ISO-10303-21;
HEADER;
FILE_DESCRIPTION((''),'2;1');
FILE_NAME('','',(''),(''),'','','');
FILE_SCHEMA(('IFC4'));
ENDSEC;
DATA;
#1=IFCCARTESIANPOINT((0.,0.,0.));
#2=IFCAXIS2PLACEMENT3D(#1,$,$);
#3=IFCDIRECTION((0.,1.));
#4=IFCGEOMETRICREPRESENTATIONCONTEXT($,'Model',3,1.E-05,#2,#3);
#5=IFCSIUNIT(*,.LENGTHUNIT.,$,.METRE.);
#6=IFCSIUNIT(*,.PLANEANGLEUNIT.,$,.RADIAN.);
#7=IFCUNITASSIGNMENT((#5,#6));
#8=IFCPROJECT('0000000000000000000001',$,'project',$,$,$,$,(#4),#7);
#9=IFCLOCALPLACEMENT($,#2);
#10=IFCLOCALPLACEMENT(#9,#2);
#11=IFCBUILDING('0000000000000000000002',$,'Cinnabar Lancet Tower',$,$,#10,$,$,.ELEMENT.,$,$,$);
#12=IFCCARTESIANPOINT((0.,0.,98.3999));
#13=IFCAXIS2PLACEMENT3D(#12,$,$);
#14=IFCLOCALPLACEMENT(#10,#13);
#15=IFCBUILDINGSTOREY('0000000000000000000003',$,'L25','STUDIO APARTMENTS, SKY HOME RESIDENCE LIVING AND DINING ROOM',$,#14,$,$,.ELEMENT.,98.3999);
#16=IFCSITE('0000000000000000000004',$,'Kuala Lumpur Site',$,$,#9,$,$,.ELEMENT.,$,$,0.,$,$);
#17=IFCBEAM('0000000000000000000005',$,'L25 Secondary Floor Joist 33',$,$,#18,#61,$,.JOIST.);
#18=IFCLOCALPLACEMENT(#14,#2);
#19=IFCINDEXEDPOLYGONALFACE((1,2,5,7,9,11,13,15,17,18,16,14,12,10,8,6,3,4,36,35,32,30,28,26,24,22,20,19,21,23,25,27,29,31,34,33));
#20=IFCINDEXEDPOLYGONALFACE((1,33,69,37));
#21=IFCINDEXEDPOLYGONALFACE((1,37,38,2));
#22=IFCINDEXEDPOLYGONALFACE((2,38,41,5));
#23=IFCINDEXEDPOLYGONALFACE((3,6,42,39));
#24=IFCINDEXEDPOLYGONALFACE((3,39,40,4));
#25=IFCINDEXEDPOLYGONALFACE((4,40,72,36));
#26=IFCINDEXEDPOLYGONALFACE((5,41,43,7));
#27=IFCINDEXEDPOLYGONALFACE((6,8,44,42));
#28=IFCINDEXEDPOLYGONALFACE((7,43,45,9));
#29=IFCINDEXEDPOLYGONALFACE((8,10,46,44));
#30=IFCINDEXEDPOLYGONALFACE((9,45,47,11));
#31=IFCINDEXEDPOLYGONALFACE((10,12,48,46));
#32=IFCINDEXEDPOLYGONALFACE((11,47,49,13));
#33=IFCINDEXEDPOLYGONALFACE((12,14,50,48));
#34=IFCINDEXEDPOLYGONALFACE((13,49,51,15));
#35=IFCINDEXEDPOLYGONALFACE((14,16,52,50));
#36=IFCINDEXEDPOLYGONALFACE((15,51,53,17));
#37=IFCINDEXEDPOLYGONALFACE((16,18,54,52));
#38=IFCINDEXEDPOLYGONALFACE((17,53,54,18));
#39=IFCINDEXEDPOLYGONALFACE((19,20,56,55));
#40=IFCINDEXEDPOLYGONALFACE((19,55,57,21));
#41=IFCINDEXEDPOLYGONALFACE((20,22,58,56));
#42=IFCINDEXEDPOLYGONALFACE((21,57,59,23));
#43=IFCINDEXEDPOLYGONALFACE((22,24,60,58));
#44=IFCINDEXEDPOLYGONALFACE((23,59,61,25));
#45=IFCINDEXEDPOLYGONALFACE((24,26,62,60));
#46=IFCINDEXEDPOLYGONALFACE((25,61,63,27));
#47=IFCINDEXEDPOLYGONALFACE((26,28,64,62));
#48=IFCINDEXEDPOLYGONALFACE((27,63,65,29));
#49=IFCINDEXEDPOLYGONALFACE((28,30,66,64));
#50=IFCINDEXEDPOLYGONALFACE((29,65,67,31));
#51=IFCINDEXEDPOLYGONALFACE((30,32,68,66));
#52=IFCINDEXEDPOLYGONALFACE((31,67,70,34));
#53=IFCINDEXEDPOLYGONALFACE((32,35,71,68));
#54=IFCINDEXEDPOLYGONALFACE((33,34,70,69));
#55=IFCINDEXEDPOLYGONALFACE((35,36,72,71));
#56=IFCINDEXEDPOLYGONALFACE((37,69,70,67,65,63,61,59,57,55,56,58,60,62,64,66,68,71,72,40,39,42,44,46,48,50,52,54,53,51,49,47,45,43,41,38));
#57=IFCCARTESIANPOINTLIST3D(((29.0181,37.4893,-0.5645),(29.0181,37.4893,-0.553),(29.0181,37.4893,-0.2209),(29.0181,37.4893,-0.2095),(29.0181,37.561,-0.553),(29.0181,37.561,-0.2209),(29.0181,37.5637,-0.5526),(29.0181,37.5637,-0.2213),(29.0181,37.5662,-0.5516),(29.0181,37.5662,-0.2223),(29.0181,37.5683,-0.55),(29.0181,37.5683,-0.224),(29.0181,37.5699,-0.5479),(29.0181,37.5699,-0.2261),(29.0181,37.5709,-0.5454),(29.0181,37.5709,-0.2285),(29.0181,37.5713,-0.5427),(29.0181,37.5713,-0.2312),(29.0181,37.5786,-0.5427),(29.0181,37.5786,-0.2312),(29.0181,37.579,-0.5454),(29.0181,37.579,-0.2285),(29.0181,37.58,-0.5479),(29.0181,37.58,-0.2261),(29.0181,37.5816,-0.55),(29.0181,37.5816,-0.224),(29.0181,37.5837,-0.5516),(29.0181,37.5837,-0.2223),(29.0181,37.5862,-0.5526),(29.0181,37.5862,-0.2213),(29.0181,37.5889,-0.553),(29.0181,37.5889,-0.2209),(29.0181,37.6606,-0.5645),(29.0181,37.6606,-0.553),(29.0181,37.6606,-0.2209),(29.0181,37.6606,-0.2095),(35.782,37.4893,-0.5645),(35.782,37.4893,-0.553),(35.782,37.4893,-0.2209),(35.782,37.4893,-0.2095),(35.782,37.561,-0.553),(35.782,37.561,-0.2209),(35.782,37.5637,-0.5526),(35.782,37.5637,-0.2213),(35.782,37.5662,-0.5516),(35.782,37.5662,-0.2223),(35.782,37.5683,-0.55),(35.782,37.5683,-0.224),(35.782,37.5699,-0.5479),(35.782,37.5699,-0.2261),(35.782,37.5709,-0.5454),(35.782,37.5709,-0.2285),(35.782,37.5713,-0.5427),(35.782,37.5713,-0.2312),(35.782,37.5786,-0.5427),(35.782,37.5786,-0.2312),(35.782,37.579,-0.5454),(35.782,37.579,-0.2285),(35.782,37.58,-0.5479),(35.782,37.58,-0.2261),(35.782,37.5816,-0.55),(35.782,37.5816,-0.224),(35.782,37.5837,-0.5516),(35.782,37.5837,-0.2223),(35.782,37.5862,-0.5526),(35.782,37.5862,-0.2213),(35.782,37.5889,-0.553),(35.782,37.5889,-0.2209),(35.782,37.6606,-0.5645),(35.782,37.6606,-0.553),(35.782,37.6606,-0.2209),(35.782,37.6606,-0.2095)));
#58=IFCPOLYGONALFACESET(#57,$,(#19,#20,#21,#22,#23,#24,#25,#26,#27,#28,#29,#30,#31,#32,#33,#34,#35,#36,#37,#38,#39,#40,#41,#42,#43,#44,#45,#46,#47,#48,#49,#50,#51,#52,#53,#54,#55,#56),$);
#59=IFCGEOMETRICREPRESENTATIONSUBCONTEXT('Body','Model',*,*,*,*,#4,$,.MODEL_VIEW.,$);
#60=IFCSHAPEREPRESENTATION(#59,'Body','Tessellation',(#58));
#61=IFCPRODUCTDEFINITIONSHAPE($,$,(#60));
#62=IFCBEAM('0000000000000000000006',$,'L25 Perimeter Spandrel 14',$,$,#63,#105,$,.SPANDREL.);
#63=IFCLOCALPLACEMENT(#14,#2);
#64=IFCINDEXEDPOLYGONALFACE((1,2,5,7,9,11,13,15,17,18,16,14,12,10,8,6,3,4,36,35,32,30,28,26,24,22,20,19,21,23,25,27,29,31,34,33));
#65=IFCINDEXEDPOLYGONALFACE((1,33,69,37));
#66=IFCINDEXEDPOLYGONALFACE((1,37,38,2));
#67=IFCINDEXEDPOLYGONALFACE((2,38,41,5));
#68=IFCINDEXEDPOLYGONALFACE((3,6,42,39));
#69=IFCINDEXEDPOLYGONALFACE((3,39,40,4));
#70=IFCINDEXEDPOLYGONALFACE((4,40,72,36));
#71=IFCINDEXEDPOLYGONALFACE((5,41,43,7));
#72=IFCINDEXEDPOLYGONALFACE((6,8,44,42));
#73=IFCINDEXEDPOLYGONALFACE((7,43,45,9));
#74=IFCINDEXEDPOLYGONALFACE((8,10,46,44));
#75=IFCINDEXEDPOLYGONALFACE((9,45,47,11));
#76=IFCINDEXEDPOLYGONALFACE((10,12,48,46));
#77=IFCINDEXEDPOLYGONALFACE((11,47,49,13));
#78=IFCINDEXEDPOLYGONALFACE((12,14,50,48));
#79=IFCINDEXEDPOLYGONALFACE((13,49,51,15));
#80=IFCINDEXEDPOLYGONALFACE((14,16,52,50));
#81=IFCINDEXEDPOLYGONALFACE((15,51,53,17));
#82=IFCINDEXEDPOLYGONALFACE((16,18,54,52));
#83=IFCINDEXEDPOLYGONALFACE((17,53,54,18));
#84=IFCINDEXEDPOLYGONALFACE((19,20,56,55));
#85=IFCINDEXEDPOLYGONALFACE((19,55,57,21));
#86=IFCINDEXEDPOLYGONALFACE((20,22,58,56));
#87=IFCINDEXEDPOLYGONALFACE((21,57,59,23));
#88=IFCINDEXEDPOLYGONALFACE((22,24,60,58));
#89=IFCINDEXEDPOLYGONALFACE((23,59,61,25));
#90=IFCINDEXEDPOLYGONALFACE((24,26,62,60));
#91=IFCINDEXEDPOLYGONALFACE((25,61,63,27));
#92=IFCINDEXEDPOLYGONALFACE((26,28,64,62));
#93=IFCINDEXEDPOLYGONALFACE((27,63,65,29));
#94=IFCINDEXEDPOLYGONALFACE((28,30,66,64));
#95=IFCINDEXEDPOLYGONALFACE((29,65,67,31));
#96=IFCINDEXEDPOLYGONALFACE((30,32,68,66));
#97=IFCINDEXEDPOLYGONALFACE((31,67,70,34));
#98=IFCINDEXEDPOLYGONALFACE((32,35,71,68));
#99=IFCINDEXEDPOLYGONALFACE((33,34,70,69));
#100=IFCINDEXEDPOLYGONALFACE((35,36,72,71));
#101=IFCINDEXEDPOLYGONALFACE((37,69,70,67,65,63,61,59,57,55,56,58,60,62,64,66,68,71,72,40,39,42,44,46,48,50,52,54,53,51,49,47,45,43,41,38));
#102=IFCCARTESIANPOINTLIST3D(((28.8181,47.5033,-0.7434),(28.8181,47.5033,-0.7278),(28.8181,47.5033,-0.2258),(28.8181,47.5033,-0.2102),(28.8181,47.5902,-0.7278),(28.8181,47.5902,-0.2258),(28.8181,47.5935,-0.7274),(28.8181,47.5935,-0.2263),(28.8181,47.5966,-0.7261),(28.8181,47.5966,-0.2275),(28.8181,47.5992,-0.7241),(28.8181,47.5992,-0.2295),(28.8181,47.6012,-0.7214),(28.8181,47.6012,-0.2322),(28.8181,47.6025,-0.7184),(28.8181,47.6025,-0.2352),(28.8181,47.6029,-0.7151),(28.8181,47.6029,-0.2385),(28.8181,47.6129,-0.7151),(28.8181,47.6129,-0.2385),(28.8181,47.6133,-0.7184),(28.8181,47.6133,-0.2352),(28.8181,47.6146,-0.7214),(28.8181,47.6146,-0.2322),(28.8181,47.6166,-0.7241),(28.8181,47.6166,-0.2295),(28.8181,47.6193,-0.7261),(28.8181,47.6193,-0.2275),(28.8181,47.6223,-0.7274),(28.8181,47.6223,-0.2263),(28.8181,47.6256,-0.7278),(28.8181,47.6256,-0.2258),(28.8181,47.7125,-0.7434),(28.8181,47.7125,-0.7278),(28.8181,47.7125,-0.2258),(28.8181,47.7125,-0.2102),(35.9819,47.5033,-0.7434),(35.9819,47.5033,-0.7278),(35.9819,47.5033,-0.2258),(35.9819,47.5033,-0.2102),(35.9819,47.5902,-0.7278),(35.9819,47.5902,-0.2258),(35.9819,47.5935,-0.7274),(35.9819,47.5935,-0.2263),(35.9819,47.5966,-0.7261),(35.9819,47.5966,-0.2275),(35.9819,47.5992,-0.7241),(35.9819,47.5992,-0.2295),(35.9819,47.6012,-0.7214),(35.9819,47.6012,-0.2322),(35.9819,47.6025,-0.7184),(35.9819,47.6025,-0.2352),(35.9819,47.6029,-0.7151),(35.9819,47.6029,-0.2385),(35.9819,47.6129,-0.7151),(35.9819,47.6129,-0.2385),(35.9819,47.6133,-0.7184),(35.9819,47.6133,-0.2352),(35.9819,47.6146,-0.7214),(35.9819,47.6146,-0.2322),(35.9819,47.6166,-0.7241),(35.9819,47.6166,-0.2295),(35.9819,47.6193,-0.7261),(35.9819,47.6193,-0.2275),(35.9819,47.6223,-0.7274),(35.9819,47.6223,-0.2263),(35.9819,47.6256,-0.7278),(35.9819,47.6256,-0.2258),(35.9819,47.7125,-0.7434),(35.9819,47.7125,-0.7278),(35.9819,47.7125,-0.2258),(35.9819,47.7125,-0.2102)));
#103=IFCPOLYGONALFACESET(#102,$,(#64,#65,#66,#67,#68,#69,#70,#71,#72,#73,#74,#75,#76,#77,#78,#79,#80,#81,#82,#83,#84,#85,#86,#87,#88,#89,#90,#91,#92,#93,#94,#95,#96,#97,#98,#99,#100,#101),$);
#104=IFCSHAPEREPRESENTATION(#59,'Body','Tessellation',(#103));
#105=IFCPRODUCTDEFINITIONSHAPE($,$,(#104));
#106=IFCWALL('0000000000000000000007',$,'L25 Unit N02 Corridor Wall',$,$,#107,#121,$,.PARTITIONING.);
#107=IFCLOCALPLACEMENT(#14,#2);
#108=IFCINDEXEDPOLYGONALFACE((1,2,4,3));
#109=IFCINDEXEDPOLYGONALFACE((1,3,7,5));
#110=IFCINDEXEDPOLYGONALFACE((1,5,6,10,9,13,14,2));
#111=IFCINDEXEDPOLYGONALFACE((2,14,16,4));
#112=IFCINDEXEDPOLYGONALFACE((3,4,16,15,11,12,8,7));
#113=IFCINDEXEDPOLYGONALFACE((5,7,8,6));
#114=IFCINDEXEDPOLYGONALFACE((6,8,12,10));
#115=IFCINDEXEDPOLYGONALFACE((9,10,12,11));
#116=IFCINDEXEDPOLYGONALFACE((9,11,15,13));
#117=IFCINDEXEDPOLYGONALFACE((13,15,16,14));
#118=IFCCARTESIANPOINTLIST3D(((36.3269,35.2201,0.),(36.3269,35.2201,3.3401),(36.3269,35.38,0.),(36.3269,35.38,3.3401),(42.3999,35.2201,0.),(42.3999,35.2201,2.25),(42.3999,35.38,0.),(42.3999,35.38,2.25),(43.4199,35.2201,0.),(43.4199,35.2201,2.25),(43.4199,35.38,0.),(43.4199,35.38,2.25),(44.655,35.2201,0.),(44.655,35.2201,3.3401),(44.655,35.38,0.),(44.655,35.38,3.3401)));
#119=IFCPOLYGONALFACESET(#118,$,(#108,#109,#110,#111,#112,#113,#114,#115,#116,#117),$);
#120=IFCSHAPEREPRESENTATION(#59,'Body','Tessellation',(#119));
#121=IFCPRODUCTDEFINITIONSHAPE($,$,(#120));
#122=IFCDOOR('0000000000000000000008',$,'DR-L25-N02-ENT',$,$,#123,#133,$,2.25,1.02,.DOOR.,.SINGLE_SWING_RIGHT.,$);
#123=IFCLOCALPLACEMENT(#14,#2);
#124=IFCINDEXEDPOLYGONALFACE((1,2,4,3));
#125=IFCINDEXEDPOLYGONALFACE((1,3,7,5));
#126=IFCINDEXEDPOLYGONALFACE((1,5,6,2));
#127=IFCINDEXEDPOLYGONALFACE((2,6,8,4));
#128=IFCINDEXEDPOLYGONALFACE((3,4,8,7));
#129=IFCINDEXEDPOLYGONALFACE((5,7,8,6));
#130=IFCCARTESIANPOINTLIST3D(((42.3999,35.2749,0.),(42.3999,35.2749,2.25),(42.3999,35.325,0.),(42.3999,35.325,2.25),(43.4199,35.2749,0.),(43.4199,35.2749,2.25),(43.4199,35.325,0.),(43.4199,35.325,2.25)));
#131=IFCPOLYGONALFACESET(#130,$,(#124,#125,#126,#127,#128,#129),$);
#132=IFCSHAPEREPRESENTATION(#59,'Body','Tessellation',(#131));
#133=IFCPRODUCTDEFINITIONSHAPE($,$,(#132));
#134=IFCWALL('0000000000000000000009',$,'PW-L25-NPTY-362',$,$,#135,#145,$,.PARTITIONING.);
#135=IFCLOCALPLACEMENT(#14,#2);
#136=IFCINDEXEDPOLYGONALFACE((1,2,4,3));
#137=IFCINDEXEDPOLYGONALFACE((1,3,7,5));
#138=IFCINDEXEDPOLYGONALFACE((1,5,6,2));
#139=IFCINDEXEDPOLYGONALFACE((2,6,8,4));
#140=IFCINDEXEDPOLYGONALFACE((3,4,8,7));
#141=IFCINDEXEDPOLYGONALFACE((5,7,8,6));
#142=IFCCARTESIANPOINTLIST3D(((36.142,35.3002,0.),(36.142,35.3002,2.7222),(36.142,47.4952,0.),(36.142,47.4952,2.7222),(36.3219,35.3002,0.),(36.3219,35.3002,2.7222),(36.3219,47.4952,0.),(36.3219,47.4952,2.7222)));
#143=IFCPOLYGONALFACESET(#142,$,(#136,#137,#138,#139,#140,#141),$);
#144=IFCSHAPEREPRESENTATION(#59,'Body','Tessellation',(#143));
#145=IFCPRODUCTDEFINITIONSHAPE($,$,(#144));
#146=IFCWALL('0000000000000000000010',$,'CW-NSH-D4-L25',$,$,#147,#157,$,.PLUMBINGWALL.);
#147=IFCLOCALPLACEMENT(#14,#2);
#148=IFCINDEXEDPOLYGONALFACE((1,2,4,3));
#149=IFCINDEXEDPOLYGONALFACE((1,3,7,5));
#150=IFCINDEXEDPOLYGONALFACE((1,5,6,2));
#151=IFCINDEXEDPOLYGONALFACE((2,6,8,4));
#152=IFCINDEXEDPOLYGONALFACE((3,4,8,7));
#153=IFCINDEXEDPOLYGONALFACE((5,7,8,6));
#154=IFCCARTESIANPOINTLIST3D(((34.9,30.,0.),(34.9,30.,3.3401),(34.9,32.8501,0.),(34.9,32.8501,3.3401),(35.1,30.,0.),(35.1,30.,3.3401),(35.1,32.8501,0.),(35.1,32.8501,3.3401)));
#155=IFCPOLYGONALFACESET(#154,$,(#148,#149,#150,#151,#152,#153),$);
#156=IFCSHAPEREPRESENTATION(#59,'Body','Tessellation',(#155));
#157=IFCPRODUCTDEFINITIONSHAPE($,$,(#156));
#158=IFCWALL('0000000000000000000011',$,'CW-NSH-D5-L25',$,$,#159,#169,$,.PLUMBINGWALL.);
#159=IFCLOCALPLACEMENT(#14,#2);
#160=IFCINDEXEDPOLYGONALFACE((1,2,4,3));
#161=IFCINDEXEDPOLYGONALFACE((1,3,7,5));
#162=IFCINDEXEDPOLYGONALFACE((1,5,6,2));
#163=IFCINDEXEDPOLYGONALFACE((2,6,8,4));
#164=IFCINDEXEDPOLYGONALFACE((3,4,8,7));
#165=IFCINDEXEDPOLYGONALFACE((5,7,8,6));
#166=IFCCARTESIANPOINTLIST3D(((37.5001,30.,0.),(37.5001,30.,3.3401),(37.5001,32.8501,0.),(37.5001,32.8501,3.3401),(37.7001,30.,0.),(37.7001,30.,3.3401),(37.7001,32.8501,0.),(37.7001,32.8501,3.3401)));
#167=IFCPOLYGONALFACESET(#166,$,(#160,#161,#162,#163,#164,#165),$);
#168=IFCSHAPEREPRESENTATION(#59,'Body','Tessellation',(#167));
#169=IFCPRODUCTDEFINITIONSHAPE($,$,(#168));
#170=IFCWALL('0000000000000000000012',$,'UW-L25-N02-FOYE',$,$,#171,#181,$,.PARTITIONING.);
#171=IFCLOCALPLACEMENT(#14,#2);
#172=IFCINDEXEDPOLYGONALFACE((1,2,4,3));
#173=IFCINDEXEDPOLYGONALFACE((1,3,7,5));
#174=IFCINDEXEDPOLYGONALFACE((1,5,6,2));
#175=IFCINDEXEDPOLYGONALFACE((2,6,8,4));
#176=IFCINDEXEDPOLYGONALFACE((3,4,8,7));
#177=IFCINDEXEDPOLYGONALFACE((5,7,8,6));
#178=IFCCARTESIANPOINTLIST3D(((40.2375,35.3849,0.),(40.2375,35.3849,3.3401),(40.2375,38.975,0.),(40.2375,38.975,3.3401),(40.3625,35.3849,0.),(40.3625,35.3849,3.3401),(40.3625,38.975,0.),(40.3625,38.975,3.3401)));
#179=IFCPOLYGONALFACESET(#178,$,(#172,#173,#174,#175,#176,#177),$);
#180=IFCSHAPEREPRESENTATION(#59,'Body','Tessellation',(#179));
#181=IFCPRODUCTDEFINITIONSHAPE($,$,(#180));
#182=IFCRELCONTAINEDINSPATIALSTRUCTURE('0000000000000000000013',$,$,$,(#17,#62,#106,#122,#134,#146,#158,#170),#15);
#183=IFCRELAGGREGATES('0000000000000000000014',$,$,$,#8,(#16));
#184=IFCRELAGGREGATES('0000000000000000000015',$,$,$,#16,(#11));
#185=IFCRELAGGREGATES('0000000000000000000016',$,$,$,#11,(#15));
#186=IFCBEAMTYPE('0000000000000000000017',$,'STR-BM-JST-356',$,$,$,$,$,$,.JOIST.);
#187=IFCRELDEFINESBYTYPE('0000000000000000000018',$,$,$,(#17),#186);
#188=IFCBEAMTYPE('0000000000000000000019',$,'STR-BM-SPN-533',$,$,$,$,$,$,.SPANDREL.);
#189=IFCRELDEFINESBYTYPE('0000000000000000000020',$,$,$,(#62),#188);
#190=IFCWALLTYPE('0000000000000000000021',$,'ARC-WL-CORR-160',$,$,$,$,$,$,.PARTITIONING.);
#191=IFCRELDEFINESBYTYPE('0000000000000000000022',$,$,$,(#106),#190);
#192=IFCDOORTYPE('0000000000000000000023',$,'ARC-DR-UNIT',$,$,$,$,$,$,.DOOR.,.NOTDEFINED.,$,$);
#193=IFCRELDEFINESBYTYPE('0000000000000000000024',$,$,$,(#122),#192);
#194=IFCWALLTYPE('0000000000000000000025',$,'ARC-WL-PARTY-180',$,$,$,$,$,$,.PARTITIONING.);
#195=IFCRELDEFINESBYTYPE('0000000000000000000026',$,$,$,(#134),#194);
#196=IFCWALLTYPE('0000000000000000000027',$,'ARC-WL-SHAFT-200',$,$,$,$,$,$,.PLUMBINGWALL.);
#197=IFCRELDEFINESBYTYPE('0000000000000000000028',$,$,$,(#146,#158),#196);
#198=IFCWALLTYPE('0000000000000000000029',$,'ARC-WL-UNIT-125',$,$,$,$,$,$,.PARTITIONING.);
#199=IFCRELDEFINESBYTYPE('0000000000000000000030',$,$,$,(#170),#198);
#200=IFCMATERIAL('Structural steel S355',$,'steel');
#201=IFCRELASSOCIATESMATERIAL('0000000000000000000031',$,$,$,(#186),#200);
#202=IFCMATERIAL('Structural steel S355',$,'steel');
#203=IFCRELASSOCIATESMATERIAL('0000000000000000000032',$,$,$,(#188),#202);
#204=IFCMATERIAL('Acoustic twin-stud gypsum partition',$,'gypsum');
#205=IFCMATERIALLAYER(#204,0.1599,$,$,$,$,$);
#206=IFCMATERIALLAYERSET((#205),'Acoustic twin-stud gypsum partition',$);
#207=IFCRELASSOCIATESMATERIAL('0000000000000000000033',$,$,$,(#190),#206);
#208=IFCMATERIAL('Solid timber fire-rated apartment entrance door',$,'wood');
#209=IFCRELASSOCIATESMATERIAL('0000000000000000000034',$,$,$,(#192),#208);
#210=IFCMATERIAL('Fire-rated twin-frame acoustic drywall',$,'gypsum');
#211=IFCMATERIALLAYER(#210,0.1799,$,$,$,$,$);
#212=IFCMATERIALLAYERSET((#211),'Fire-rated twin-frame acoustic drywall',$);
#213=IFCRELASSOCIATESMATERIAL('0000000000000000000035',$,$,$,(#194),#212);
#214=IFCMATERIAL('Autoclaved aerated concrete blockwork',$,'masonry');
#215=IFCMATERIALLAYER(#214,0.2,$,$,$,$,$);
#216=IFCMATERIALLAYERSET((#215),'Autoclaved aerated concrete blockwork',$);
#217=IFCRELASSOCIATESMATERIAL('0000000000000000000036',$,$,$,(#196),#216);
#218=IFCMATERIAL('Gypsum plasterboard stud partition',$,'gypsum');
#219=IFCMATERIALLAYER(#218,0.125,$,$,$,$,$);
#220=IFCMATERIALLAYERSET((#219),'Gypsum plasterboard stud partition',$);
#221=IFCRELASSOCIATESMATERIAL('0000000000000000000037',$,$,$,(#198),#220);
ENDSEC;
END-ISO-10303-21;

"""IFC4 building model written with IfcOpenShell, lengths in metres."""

from ifc_helpers import new_model, si_unit, direction, frame, frame_2d, origin, origin_2d, place, context, subcontext, project, spatial, rectangle, i_section, extrude, material, layer, layer_set, material_profile, profile_set, type_object, element, fill, save


model = new_model("IFC4")

# Units and contexts
model_context = context("Model", 3, precision=1e-05, world=origin(), true_north=direction((0.0, 1.0)))
body_context = subcontext(model_context, "Body", "Model", "MODEL_VIEW")
ifc_project = project(units=[si_unit("LENGTHUNIT", "METRE"), si_unit("PLANEANGLEUNIT", "RADIAN")], contexts=[model_context])

# Site, building, storey
site_placement = place(None, origin())
site = spatial("IfcSite", under=ifc_project, at=site_placement, Name="Kuala Lumpur Site", CompositionType="ELEMENT", RefElevation=0.0)
building_placement = place(site_placement, origin())
building = spatial("IfcBuilding", under=site, at=building_placement, Name="Cinnabar Lancet Tower", CompositionType="ELEMENT")
storey_placement = place(building_placement, frame((0.0, 0.0, 98.3999)))
storey = spatial("IfcBuildingStorey", under=building, at=storey_placement, Name="L25", Description="STUDIO APARTMENTS, SKY HOME RESIDENCE LIVING AND DINING ROOM", CompositionType="ELEMENT", Elevation=98.3999)

# Beams
ifc_material_1 = material(Name="Structural steel S355", Category="steel")
ifc_material_profile_1 = material_profile(ifc_material_1, i_section(OverallWidth=0.1714, OverallDepth=0.355, WebThickness=0.0073, FlangeThickness=0.0115, FilletRadius=0.0103, at=origin_2d()), Name="UKB 356x171x51")
ifc_profile_set_1 = profile_set([ifc_material_profile_1], Name="Structural steel S355")
beam_type_1 = type_object("IfcBeamType", Name="STR-BM-JST-356", PredefinedType="JOIST", material=ifc_profile_set_1)
for number, where, z_axis, x_axis, name in (
    (1, (35.782, 37.575, -0.387), (-1.0, 0.0, 0.0), (0.0, -1.0, 0.0), "L25 Secondary Floor Joist 33"),
):
    element("IfcBeam", number, at=place(storey_placement, frame(where, z_axis=z_axis, x_axis=x_axis)), inside=storey, type_object=beam_type_1, Name=name, PredefinedType="JOIST", context=body_context, shape_type="SweptSolid", body=[
        extrude(i_section(OverallWidth=0.1714, OverallDepth=0.355, WebThickness=0.0073, FlangeThickness=0.0115, FilletRadius=0.0103, at=origin_2d()), origin(), (0.0, 0.0, 1.0), 6.7639),
    ])
ifc_material_2 = material(Name="Structural steel S355", Category="steel")
ifc_material_profile_2 = material_profile(ifc_material_2, i_section(OverallWidth=0.2092, OverallDepth=0.5332, WebThickness=0.01, FlangeThickness=0.0156, FilletRadius=0.0127, at=origin_2d()), Name="UKB 533x210x92")
ifc_profile_set_2 = profile_set([ifc_material_profile_2], Name="Structural steel S355")
beam_type_2 = type_object("IfcBeamType", Name="STR-BM-SPN-533", PredefinedType="SPANDREL", material=ifc_profile_set_2)
beam_1_placement = place(storey_placement, frame((35.9819, 47.6079, -0.4768), z_axis=(-1.0, 0.0, 0.0), x_axis=(0.0, -1.0, 0.0)))
element("IfcBeam", 2, at=beam_1_placement, inside=storey, type_object=beam_type_2, Name="L25 Perimeter Spandrel 14", PredefinedType="SPANDREL", context=body_context, shape_type="SweptSolid", body=[
    extrude(i_section(OverallWidth=0.2092, OverallDepth=0.5332, WebThickness=0.01, FlangeThickness=0.0156, FilletRadius=0.0127, at=origin_2d()), origin(), (0.0, 0.0, 1.0), 7.1638),
])

# Wall, opening, door
ifc_material_3 = material(Name="Acoustic twin-stud gypsum partition", Category="gypsum")
ifc_layer_1 = layer(ifc_material_3, 0.1599)
ifc_layer_set_1 = layer_set([ifc_layer_1], Name="Acoustic twin-stud gypsum partition")
wall_type_1 = type_object("IfcWallType", Name="ARC-WL-CORR-160", PredefinedType="PARTITIONING", material=ifc_layer_set_1)
wall_1_placement = place(storey_placement, frame((36.3269, 35.3, 0.0), z_axis=(0.0, 0.0, 1.0), x_axis=(1.0, 0.0, 0.0)))
wall_1 = element("IfcWall", 3, at=wall_1_placement, inside=storey, type_object=wall_type_1, Name="L25 Unit N02 Corridor Wall", PredefinedType="PARTITIONING", context=body_context, shape_type="SweptSolid", body=[
    extrude(rectangle(XDim=8.3281, YDim=0.1599, at=frame_2d((4.1641, 0.0))), origin(), (0.0, 0.0, 1.0), 3.3401),
])
opening_1_placement = place(wall_1_placement, frame((6.073, 0.0, 0.0)))
opening_1 = element("IfcOpeningElement", 4, at=opening_1_placement, cuts=wall_1, PredefinedType="OPENING", context=body_context, shape_type="SweptSolid", body=[
    extrude(rectangle(XDim=1.02, YDim=2.25, at=frame_2d((0.51, 1.125))), frame((0.0, 0.0898, 0.0), z_axis=(0.0, -1.0, 0.0), x_axis=(1.0, 0.0, 0.0)), (0.0, 0.0, 1.0), 0.1799),
])
ifc_material_4 = material(Name="Solid timber fire-rated apartment entrance door", Category="wood")
door_type_1 = type_object("IfcDoorType", Name="ARC-DR-UNIT", OperationType="NOTDEFINED", PredefinedType="DOOR", material=ifc_material_4)
door_1_placement = place(opening_1_placement, origin())
door_1 = element("IfcDoor", 5, at=door_1_placement, inside=storey, type_object=door_type_1, Name="DR-L25-N02-ENT", OperationType="SINGLE_SWING_RIGHT", OverallHeight=2.25, OverallWidth=1.02, PredefinedType="DOOR", context=body_context, shape_type="SweptSolid", body=[
    extrude(rectangle(XDim=1.02, YDim=2.25, at=frame_2d((0.51, 1.125))), frame((0.0, 0.0249, 0.0), z_axis=(0.0, -1.0, 0.0), x_axis=(1.0, 0.0, 0.0)), (0.0, 0.0, 1.0), 0.05),
])
fill(opening_1, door_1)

# Walls
ifc_material_5 = material(Name="Fire-rated twin-frame acoustic drywall", Category="gypsum")
ifc_layer_2 = layer(ifc_material_5, 0.1799)
ifc_layer_set_2 = layer_set([ifc_layer_2], Name="Fire-rated twin-frame acoustic drywall")
wall_type_2 = type_object("IfcWallType", Name="ARC-WL-PARTY-180", PredefinedType="PARTITIONING", material=ifc_layer_set_2)
wall_2_placement = place(storey_placement, frame((36.2319, 35.3, 0.0), z_axis=(0.0, 0.0, 1.0), x_axis=(0.0, 1.0, 0.0)))
element("IfcWall", 6, at=wall_2_placement, inside=storey, type_object=wall_type_2, Name="PW-L25-NPTY-362", PredefinedType="PARTITIONING", context=body_context, shape_type="SweptSolid", body=[
    extrude(rectangle(XDim=12.1951, YDim=0.1799, at=frame_2d((6.0977, 0.0))), origin(), (0.0, 0.0, 1.0), 2.7222),
])
ifc_material_6 = material(Name="Autoclaved aerated concrete blockwork", Category="masonry")
ifc_layer_3 = layer(ifc_material_6, 0.2)
ifc_layer_set_3 = layer_set([ifc_layer_3], Name="Autoclaved aerated concrete blockwork")
wall_type_3 = type_object("IfcWallType", Name="ARC-WL-SHAFT-200", PredefinedType="PLUMBINGWALL", material=ifc_layer_set_3)
for number, where, z_axis, x_axis, name in (
    (7, (35.0, 30.0, 0.0), (0.0, 0.0, 1.0), (0.0, 1.0, 0.0), "CW-NSH-D4-L25"),
    (8, (37.6001, 30.0, 0.0), (0.0, 0.0, 1.0), (0.0, 1.0, 0.0), "CW-NSH-D5-L25"),
):
    element("IfcWall", number, at=place(storey_placement, frame(where, z_axis=z_axis, x_axis=x_axis)), inside=storey, type_object=wall_type_3, Name=name, PredefinedType="PLUMBINGWALL", context=body_context, shape_type="SweptSolid", body=[
        extrude(rectangle(XDim=2.8501, YDim=0.2, at=frame_2d((1.425, 0.0))), origin(), (0.0, 0.0, 1.0), 3.3401),
    ])
ifc_material_7 = material(Name="Gypsum plasterboard stud partition", Category="gypsum")
ifc_layer_4 = layer(ifc_material_7, 0.125)
ifc_layer_set_4 = layer_set([ifc_layer_4], Name="Gypsum plasterboard stud partition")
wall_type_4 = type_object("IfcWallType", Name="ARC-WL-UNIT-125", PredefinedType="PARTITIONING", material=ifc_layer_set_4)
wall_3_placement = place(storey_placement, frame((40.3, 35.385, 0.0), z_axis=(0.0, 0.0, 1.0), x_axis=(0.0, 1.0, 0.0)))
element("IfcWall", 9, at=wall_3_placement, inside=storey, type_object=wall_type_4, Name="UW-L25-N02-FOYE", PredefinedType="PARTITIONING", context=body_context, shape_type="SweptSolid", body=[
    extrude(rectangle(XDim=3.5901, YDim=0.125, at=frame_2d((1.7949, 0.0))), origin(), (0.0, 0.0, 1.0), 3.3401),
])

save(model, "model.ifc")
